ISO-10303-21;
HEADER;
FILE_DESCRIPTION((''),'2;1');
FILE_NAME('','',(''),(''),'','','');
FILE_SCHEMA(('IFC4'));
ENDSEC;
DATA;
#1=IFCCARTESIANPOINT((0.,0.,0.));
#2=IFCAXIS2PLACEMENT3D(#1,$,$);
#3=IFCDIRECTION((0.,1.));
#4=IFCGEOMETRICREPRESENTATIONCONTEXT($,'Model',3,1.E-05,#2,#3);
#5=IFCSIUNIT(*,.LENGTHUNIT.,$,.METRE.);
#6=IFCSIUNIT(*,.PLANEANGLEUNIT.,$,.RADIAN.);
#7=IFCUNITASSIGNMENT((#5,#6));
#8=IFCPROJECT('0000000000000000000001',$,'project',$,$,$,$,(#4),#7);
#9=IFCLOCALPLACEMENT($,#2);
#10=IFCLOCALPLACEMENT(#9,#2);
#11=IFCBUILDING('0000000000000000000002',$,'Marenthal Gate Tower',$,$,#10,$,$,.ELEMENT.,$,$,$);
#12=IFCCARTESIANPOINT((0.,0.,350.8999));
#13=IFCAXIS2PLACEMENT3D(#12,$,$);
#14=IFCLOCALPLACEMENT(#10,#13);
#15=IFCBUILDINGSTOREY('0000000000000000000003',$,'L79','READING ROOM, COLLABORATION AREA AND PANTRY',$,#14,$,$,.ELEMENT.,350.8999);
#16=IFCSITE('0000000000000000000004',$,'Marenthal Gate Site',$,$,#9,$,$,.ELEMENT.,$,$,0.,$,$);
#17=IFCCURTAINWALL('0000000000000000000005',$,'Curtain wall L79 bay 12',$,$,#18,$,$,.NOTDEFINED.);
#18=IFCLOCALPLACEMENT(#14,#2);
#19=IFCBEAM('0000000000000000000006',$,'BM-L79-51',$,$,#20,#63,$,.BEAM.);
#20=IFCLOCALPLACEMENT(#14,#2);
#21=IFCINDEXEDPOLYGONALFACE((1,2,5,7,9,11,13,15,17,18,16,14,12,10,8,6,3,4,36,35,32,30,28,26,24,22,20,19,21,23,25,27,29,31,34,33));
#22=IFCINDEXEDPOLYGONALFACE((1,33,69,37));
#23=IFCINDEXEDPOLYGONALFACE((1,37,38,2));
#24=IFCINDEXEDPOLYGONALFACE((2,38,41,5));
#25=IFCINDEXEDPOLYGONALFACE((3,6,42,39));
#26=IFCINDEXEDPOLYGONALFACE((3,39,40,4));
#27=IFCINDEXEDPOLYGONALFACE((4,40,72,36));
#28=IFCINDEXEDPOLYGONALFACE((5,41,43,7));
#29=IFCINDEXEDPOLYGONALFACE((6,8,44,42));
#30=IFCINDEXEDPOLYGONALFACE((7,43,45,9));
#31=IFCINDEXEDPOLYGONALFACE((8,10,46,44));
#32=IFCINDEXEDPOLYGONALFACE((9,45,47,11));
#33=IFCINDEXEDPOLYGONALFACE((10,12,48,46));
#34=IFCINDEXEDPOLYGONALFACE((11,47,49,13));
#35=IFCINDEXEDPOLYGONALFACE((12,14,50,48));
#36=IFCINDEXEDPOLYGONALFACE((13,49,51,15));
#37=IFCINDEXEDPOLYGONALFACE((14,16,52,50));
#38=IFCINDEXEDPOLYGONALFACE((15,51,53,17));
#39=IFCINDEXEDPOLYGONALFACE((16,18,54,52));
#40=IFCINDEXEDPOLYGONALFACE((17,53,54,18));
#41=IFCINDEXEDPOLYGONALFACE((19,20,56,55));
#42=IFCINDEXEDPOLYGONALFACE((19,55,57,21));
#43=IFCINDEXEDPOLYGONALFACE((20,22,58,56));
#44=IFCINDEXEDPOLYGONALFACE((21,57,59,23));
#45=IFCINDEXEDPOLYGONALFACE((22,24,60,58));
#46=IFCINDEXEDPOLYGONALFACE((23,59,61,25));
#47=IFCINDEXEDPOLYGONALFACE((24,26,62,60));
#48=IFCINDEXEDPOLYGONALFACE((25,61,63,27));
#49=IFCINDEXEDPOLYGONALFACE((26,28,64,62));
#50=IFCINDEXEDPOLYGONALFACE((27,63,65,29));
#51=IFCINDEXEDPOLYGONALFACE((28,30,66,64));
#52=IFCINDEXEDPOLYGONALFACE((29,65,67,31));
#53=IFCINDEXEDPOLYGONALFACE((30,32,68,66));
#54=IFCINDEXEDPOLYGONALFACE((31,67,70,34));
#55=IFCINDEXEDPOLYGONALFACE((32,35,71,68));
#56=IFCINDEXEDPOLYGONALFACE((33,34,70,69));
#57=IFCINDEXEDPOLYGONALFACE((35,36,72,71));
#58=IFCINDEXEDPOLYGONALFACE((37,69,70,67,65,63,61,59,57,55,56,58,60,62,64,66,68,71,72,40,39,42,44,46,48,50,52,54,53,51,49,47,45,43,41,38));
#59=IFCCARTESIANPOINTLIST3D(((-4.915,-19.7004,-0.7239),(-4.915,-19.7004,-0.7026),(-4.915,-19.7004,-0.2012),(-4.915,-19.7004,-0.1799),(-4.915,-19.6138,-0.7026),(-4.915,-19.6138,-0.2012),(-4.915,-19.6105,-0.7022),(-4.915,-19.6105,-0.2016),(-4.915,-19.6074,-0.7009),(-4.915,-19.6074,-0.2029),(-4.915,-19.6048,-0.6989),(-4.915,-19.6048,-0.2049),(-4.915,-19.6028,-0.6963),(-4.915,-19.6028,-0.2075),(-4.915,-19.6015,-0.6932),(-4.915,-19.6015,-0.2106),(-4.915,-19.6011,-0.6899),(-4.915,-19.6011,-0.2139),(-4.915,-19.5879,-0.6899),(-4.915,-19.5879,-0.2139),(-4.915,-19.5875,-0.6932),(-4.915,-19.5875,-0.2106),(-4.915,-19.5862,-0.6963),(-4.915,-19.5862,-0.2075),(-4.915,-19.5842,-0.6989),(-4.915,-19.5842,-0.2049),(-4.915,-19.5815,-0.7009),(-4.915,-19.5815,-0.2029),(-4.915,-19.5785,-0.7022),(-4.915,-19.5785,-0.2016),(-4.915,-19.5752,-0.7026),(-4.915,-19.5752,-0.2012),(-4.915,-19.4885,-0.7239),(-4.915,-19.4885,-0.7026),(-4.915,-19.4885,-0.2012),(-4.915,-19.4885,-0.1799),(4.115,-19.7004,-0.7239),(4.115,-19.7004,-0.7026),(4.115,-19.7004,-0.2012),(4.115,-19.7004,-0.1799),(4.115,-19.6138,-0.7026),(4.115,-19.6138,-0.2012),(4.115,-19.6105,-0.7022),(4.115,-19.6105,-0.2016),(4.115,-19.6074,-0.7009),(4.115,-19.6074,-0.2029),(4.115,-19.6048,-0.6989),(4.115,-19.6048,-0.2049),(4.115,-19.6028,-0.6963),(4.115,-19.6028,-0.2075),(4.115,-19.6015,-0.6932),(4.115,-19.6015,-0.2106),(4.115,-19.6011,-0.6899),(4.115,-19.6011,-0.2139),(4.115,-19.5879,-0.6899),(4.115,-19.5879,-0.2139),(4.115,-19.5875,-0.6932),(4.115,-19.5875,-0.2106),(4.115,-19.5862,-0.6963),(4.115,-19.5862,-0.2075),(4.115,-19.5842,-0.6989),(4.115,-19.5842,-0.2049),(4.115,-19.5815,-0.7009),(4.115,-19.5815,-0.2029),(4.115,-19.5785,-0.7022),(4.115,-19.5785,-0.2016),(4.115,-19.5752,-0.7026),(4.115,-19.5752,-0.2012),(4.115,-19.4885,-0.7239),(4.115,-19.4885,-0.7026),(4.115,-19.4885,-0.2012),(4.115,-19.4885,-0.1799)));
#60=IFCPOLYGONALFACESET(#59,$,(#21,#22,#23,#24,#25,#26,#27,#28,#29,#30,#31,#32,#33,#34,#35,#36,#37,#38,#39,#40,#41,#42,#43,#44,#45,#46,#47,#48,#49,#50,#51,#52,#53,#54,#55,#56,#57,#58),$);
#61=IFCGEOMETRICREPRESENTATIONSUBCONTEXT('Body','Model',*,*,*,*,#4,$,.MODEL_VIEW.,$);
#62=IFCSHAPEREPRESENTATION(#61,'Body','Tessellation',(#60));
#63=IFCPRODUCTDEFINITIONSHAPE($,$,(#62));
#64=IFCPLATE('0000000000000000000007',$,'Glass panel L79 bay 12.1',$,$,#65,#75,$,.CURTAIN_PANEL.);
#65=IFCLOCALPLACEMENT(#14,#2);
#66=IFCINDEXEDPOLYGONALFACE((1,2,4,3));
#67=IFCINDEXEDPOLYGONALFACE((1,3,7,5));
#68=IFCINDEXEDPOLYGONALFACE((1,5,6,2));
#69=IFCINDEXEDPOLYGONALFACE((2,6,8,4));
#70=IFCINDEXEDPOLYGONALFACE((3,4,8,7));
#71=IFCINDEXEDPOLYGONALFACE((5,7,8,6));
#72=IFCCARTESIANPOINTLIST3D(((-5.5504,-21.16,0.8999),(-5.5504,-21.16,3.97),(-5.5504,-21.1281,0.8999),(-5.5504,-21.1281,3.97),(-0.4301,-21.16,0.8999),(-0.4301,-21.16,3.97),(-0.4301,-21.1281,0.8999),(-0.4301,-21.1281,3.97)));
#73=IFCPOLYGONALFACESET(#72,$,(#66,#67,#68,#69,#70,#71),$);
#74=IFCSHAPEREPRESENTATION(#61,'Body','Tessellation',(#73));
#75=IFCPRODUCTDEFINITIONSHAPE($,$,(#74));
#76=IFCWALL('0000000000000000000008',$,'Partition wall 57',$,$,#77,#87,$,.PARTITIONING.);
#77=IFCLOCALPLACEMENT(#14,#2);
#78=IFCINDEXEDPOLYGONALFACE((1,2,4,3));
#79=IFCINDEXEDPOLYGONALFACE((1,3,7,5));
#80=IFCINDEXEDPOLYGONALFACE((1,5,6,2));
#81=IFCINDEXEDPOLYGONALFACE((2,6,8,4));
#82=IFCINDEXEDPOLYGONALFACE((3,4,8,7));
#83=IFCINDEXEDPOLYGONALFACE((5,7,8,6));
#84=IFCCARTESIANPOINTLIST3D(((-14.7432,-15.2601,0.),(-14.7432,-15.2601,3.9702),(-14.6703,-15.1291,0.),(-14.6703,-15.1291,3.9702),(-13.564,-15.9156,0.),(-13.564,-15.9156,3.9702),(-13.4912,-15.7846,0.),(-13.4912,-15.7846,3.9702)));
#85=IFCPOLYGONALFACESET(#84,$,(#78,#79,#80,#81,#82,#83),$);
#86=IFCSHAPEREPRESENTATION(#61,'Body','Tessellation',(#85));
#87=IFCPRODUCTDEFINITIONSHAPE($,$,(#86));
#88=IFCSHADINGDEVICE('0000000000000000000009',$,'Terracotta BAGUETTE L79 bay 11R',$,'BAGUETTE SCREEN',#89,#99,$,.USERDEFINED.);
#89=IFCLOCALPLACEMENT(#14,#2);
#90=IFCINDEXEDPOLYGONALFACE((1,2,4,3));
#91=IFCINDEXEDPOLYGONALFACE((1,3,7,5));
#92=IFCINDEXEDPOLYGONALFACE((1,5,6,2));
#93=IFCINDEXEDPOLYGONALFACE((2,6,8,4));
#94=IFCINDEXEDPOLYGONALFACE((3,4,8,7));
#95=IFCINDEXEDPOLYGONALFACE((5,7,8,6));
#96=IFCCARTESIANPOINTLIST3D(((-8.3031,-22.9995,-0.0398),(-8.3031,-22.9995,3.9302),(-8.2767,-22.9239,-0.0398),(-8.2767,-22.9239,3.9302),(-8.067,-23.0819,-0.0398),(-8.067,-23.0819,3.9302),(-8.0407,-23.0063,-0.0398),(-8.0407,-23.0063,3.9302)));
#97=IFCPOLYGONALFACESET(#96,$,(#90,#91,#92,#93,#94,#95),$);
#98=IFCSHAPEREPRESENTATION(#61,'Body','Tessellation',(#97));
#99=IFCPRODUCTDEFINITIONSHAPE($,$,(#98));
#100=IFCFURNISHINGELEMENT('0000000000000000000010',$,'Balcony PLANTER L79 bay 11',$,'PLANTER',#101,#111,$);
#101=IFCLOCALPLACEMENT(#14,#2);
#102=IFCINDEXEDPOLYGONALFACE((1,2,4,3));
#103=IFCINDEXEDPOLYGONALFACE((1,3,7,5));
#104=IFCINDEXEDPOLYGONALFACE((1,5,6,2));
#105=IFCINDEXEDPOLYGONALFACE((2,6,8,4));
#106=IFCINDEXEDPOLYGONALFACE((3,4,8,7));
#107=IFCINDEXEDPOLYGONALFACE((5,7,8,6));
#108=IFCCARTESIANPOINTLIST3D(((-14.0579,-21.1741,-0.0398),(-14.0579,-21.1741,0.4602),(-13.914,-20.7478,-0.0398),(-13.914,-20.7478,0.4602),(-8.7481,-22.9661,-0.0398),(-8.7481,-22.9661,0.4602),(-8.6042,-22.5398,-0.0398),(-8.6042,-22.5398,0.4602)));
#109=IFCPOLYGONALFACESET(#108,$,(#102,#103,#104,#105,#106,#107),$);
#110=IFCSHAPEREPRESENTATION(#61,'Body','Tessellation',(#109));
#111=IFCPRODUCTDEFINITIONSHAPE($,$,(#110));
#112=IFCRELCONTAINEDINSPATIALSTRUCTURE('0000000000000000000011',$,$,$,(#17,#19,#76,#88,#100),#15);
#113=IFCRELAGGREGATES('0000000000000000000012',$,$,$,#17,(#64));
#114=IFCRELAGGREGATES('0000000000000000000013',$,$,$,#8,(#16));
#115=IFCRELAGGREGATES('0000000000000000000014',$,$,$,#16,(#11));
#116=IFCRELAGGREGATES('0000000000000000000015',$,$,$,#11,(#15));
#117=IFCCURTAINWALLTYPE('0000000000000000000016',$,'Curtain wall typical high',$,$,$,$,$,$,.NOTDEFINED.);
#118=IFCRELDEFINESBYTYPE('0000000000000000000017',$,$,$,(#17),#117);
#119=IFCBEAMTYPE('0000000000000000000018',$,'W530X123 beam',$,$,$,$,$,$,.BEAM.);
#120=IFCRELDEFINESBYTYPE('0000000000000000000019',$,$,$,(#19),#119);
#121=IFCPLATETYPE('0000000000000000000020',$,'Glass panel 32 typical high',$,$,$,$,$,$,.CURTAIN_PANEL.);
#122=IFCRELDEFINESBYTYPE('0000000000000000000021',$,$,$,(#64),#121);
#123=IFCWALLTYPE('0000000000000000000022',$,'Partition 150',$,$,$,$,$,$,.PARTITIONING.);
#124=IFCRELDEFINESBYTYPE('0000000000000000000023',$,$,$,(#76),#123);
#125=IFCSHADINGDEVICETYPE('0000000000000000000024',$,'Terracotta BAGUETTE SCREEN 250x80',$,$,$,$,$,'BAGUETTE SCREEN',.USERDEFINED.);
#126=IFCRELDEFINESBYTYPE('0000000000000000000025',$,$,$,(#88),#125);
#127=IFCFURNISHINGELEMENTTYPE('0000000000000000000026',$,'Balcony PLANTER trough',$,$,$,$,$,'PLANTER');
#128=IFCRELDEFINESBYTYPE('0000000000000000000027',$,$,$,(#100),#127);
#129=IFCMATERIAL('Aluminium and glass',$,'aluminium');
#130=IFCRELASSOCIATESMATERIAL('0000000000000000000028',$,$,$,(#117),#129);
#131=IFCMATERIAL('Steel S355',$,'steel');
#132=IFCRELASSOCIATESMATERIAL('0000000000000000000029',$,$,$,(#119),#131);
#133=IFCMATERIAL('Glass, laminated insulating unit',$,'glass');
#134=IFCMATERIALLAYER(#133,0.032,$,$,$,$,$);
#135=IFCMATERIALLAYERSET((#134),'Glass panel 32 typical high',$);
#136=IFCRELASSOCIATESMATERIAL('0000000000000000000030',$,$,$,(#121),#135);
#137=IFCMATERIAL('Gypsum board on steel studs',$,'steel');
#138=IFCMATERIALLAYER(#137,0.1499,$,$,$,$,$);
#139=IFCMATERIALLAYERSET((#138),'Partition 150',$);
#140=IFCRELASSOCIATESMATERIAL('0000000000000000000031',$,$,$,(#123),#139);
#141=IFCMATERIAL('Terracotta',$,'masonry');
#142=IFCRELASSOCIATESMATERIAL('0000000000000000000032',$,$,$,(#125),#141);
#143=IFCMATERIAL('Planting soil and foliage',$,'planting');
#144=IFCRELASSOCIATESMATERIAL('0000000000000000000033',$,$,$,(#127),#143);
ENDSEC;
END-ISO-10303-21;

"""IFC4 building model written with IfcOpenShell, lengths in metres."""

from ifc_helpers import new_model, si_unit, direction, frame, frame_2d, origin, origin_2d, place, context, subcontext, project, spatial, rectangle, i_section, extrude, material, layer, layer_set, material_profile, profile_set, type_object, element, aggregate, save


model = new_model("IFC4")

# Units and contexts
model_context = context("Model", 3, precision=1e-05, world=origin(), true_north=direction((0.0, 1.0)))
body_context = subcontext(model_context, "Body", "Model", "MODEL_VIEW")
ifc_project = project(units=[si_unit("LENGTHUNIT", "METRE"), si_unit("PLANEANGLEUNIT", "RADIAN")], contexts=[model_context])

# Site, building, storey
site_placement = place(None, origin())
site = spatial("IfcSite", under=ifc_project, at=site_placement, Name="Marenthal Gate Site", CompositionType="ELEMENT", RefElevation=0.0)
building_placement = place(site_placement, origin())
building = spatial("IfcBuilding", under=site, at=building_placement, Name="Marenthal Gate Tower", CompositionType="ELEMENT")
storey_placement = place(building_placement, frame((0.0, 0.0, 350.8999)))
storey = spatial("IfcBuildingStorey", under=building, at=storey_placement, Name="L79", Description="READING ROOM, COLLABORATION AREA AND PANTRY", CompositionType="ELEMENT", Elevation=350.8999)

# Curtain wall
ifc_material_1 = material(Name="Aluminium and glass", Category="aluminium")
curtain_wall_type = type_object("IfcCurtainWallType", Name="Curtain wall typical high", PredefinedType="NOTDEFINED", material=ifc_material_1)
curtain_wall_placement = place(storey_placement, origin())
curtain_wall = element("IfcCurtainWall", 1, at=curtain_wall_placement, inside=storey, type_object=curtain_wall_type, Name="Curtain wall L79 bay 12", PredefinedType="NOTDEFINED")

# Beam
ifc_material_2 = material(Name="Steel S355", Category="steel")
ifc_material_profile_1 = material_profile(ifc_material_2, i_section(OverallWidth=0.2119, OverallDepth=0.5439, WebThickness=0.0132, FlangeThickness=0.0212, FilletRadius=0.0127, at=origin_2d()), Name="W530X123")
ifc_profile_set_1 = profile_set([ifc_material_profile_1], Name="Steel S355")
beam_type_1 = type_object("IfcBeamType", Name="W530X123 beam", PredefinedType="BEAM", material=ifc_profile_set_1)
beam_1_placement = place(storey_placement, frame((-4.915, -19.5945, -0.4519), z_axis=(1.0, 0.0, 0.0), x_axis=(0.0, 1.0, 0.0)))
element("IfcBeam", 2, at=beam_1_placement, inside=storey, type_object=beam_type_1, Name="BM-L79-51", PredefinedType="BEAM", context=body_context, shape_type="SweptSolid", body=[
    extrude(i_section(OverallWidth=0.2119, OverallDepth=0.5439, WebThickness=0.0132, FlangeThickness=0.0212, FilletRadius=0.0127, at=origin_2d()), origin(), (0.0, 0.0, 1.0), 9.03),
])

# Plate
ifc_material_3 = material(Name="Glass, laminated insulating unit", Category="glass")
ifc_layer_1 = layer(ifc_material_3, 0.032)
ifc_layer_set_1 = layer_set([ifc_layer_1], Name="Glass panel 32 typical high")
plate_type = type_object("IfcPlateType", Name="Glass panel 32 typical high", PredefinedType="CURTAIN_PANEL", material=ifc_layer_set_1)
plate_placement = place(storey_placement, frame((-2.9902, -21.144, 0.8999), z_axis=(0.0, 0.0, 1.0), x_axis=(1.0, 0.0, 0.0)))
plate = element("IfcPlate", 3, at=plate_placement, type_object=plate_type, Name="Glass panel L79 bay 12.1", PredefinedType="CURTAIN_PANEL", context=body_context, shape_type="SweptSolid", body=[
    extrude(rectangle(XDim=5.1204, YDim=0.032, at=origin_2d()), origin(), (0.0, 0.0, 1.0), 3.0701),
])
aggregate(curtain_wall, [plate])

# Wall
ifc_material_4 = material(Name="Gypsum board on steel studs", Category="steel")
ifc_layer_2 = layer(ifc_material_4, 0.1499)
ifc_layer_set_2 = layer_set([ifc_layer_2], Name="Partition 150")
wall_type = type_object("IfcWallType", Name="Partition 150", PredefinedType="PARTITIONING", material=ifc_layer_set_2)
wall_placement = place(storey_placement, frame((-13.5276, -15.8501, 0.0), z_axis=(0.0, 0.0, 1.0), x_axis=(-0.874029, 0.485873, 0.0)))
element("IfcWall", 4, at=wall_placement, inside=storey, type_object=wall_type, Name="Partition wall 57", PredefinedType="PARTITIONING", context=body_context, shape_type="SweptSolid", body=[
    extrude(rectangle(XDim=1.3491, YDim=0.1499, at=frame_2d((0.6746, 0.0))), origin(), (0.0, 0.0, 1.0), 3.9702),
])

# Shading device
ifc_material_5 = material(Name="Terracotta", Category="masonry")
ifc_material_profile_2 = material_profile(ifc_material_5, rectangle(XDim=0.25, YDim=0.0801, at=origin_2d()), Name="Terracotta baguette 250x80")
ifc_profile_set_2 = profile_set([ifc_material_profile_2], Name="Terracotta")
shading_device_type = type_object("IfcShadingDeviceType", Name="Terracotta BAGUETTE SCREEN 250x80", ElementType="BAGUETTE SCREEN", PredefinedType="USERDEFINED", material=ifc_profile_set_2)
shading_device_placement = place(storey_placement, frame((-8.1719, -23.0029, -0.0398), z_axis=(0.0, 0.0, 1.0), x_axis=(0.944152, -0.32951, 0.0)))
element("IfcShadingDevice", 5, at=shading_device_placement, inside=storey, type_object=shading_device_type, Name="Terracotta BAGUETTE L79 bay 11R", ObjectType="BAGUETTE SCREEN", PredefinedType="USERDEFINED", context=body_context, shape_type="SweptSolid", body=[
    extrude(rectangle(XDim=0.25, YDim=0.0801, at=origin_2d()), origin(), (0.0, 0.0, 1.0), 3.97),
])

# Furnishing element
ifc_material_6 = material(Name="Planting soil and foliage", Category="planting")
furnishing_element_type = type_object("IfcFurnishingElementType", Name="Balcony PLANTER trough", ElementType="PLANTER", material=ifc_material_6)
furnishing_placement = place(storey_placement, frame((-11.3311, -21.8569, -0.0398), z_axis=(0.0, 0.0, 1.0), x_axis=(0.947495, -0.31977, 0.0)))
element("IfcFurnishingElement", 6, at=furnishing_placement, inside=storey, type_object=furnishing_element_type, Name="Balcony PLANTER L79 bay 11", ObjectType="PLANTER", context=body_context, shape_type="SweptSolid", body=[
    extrude(rectangle(XDim=5.604, YDim=0.45, at=origin_2d()), origin(), (0.0, 0.0, 1.0), 0.5),
])

save(model, "model.ifc")
